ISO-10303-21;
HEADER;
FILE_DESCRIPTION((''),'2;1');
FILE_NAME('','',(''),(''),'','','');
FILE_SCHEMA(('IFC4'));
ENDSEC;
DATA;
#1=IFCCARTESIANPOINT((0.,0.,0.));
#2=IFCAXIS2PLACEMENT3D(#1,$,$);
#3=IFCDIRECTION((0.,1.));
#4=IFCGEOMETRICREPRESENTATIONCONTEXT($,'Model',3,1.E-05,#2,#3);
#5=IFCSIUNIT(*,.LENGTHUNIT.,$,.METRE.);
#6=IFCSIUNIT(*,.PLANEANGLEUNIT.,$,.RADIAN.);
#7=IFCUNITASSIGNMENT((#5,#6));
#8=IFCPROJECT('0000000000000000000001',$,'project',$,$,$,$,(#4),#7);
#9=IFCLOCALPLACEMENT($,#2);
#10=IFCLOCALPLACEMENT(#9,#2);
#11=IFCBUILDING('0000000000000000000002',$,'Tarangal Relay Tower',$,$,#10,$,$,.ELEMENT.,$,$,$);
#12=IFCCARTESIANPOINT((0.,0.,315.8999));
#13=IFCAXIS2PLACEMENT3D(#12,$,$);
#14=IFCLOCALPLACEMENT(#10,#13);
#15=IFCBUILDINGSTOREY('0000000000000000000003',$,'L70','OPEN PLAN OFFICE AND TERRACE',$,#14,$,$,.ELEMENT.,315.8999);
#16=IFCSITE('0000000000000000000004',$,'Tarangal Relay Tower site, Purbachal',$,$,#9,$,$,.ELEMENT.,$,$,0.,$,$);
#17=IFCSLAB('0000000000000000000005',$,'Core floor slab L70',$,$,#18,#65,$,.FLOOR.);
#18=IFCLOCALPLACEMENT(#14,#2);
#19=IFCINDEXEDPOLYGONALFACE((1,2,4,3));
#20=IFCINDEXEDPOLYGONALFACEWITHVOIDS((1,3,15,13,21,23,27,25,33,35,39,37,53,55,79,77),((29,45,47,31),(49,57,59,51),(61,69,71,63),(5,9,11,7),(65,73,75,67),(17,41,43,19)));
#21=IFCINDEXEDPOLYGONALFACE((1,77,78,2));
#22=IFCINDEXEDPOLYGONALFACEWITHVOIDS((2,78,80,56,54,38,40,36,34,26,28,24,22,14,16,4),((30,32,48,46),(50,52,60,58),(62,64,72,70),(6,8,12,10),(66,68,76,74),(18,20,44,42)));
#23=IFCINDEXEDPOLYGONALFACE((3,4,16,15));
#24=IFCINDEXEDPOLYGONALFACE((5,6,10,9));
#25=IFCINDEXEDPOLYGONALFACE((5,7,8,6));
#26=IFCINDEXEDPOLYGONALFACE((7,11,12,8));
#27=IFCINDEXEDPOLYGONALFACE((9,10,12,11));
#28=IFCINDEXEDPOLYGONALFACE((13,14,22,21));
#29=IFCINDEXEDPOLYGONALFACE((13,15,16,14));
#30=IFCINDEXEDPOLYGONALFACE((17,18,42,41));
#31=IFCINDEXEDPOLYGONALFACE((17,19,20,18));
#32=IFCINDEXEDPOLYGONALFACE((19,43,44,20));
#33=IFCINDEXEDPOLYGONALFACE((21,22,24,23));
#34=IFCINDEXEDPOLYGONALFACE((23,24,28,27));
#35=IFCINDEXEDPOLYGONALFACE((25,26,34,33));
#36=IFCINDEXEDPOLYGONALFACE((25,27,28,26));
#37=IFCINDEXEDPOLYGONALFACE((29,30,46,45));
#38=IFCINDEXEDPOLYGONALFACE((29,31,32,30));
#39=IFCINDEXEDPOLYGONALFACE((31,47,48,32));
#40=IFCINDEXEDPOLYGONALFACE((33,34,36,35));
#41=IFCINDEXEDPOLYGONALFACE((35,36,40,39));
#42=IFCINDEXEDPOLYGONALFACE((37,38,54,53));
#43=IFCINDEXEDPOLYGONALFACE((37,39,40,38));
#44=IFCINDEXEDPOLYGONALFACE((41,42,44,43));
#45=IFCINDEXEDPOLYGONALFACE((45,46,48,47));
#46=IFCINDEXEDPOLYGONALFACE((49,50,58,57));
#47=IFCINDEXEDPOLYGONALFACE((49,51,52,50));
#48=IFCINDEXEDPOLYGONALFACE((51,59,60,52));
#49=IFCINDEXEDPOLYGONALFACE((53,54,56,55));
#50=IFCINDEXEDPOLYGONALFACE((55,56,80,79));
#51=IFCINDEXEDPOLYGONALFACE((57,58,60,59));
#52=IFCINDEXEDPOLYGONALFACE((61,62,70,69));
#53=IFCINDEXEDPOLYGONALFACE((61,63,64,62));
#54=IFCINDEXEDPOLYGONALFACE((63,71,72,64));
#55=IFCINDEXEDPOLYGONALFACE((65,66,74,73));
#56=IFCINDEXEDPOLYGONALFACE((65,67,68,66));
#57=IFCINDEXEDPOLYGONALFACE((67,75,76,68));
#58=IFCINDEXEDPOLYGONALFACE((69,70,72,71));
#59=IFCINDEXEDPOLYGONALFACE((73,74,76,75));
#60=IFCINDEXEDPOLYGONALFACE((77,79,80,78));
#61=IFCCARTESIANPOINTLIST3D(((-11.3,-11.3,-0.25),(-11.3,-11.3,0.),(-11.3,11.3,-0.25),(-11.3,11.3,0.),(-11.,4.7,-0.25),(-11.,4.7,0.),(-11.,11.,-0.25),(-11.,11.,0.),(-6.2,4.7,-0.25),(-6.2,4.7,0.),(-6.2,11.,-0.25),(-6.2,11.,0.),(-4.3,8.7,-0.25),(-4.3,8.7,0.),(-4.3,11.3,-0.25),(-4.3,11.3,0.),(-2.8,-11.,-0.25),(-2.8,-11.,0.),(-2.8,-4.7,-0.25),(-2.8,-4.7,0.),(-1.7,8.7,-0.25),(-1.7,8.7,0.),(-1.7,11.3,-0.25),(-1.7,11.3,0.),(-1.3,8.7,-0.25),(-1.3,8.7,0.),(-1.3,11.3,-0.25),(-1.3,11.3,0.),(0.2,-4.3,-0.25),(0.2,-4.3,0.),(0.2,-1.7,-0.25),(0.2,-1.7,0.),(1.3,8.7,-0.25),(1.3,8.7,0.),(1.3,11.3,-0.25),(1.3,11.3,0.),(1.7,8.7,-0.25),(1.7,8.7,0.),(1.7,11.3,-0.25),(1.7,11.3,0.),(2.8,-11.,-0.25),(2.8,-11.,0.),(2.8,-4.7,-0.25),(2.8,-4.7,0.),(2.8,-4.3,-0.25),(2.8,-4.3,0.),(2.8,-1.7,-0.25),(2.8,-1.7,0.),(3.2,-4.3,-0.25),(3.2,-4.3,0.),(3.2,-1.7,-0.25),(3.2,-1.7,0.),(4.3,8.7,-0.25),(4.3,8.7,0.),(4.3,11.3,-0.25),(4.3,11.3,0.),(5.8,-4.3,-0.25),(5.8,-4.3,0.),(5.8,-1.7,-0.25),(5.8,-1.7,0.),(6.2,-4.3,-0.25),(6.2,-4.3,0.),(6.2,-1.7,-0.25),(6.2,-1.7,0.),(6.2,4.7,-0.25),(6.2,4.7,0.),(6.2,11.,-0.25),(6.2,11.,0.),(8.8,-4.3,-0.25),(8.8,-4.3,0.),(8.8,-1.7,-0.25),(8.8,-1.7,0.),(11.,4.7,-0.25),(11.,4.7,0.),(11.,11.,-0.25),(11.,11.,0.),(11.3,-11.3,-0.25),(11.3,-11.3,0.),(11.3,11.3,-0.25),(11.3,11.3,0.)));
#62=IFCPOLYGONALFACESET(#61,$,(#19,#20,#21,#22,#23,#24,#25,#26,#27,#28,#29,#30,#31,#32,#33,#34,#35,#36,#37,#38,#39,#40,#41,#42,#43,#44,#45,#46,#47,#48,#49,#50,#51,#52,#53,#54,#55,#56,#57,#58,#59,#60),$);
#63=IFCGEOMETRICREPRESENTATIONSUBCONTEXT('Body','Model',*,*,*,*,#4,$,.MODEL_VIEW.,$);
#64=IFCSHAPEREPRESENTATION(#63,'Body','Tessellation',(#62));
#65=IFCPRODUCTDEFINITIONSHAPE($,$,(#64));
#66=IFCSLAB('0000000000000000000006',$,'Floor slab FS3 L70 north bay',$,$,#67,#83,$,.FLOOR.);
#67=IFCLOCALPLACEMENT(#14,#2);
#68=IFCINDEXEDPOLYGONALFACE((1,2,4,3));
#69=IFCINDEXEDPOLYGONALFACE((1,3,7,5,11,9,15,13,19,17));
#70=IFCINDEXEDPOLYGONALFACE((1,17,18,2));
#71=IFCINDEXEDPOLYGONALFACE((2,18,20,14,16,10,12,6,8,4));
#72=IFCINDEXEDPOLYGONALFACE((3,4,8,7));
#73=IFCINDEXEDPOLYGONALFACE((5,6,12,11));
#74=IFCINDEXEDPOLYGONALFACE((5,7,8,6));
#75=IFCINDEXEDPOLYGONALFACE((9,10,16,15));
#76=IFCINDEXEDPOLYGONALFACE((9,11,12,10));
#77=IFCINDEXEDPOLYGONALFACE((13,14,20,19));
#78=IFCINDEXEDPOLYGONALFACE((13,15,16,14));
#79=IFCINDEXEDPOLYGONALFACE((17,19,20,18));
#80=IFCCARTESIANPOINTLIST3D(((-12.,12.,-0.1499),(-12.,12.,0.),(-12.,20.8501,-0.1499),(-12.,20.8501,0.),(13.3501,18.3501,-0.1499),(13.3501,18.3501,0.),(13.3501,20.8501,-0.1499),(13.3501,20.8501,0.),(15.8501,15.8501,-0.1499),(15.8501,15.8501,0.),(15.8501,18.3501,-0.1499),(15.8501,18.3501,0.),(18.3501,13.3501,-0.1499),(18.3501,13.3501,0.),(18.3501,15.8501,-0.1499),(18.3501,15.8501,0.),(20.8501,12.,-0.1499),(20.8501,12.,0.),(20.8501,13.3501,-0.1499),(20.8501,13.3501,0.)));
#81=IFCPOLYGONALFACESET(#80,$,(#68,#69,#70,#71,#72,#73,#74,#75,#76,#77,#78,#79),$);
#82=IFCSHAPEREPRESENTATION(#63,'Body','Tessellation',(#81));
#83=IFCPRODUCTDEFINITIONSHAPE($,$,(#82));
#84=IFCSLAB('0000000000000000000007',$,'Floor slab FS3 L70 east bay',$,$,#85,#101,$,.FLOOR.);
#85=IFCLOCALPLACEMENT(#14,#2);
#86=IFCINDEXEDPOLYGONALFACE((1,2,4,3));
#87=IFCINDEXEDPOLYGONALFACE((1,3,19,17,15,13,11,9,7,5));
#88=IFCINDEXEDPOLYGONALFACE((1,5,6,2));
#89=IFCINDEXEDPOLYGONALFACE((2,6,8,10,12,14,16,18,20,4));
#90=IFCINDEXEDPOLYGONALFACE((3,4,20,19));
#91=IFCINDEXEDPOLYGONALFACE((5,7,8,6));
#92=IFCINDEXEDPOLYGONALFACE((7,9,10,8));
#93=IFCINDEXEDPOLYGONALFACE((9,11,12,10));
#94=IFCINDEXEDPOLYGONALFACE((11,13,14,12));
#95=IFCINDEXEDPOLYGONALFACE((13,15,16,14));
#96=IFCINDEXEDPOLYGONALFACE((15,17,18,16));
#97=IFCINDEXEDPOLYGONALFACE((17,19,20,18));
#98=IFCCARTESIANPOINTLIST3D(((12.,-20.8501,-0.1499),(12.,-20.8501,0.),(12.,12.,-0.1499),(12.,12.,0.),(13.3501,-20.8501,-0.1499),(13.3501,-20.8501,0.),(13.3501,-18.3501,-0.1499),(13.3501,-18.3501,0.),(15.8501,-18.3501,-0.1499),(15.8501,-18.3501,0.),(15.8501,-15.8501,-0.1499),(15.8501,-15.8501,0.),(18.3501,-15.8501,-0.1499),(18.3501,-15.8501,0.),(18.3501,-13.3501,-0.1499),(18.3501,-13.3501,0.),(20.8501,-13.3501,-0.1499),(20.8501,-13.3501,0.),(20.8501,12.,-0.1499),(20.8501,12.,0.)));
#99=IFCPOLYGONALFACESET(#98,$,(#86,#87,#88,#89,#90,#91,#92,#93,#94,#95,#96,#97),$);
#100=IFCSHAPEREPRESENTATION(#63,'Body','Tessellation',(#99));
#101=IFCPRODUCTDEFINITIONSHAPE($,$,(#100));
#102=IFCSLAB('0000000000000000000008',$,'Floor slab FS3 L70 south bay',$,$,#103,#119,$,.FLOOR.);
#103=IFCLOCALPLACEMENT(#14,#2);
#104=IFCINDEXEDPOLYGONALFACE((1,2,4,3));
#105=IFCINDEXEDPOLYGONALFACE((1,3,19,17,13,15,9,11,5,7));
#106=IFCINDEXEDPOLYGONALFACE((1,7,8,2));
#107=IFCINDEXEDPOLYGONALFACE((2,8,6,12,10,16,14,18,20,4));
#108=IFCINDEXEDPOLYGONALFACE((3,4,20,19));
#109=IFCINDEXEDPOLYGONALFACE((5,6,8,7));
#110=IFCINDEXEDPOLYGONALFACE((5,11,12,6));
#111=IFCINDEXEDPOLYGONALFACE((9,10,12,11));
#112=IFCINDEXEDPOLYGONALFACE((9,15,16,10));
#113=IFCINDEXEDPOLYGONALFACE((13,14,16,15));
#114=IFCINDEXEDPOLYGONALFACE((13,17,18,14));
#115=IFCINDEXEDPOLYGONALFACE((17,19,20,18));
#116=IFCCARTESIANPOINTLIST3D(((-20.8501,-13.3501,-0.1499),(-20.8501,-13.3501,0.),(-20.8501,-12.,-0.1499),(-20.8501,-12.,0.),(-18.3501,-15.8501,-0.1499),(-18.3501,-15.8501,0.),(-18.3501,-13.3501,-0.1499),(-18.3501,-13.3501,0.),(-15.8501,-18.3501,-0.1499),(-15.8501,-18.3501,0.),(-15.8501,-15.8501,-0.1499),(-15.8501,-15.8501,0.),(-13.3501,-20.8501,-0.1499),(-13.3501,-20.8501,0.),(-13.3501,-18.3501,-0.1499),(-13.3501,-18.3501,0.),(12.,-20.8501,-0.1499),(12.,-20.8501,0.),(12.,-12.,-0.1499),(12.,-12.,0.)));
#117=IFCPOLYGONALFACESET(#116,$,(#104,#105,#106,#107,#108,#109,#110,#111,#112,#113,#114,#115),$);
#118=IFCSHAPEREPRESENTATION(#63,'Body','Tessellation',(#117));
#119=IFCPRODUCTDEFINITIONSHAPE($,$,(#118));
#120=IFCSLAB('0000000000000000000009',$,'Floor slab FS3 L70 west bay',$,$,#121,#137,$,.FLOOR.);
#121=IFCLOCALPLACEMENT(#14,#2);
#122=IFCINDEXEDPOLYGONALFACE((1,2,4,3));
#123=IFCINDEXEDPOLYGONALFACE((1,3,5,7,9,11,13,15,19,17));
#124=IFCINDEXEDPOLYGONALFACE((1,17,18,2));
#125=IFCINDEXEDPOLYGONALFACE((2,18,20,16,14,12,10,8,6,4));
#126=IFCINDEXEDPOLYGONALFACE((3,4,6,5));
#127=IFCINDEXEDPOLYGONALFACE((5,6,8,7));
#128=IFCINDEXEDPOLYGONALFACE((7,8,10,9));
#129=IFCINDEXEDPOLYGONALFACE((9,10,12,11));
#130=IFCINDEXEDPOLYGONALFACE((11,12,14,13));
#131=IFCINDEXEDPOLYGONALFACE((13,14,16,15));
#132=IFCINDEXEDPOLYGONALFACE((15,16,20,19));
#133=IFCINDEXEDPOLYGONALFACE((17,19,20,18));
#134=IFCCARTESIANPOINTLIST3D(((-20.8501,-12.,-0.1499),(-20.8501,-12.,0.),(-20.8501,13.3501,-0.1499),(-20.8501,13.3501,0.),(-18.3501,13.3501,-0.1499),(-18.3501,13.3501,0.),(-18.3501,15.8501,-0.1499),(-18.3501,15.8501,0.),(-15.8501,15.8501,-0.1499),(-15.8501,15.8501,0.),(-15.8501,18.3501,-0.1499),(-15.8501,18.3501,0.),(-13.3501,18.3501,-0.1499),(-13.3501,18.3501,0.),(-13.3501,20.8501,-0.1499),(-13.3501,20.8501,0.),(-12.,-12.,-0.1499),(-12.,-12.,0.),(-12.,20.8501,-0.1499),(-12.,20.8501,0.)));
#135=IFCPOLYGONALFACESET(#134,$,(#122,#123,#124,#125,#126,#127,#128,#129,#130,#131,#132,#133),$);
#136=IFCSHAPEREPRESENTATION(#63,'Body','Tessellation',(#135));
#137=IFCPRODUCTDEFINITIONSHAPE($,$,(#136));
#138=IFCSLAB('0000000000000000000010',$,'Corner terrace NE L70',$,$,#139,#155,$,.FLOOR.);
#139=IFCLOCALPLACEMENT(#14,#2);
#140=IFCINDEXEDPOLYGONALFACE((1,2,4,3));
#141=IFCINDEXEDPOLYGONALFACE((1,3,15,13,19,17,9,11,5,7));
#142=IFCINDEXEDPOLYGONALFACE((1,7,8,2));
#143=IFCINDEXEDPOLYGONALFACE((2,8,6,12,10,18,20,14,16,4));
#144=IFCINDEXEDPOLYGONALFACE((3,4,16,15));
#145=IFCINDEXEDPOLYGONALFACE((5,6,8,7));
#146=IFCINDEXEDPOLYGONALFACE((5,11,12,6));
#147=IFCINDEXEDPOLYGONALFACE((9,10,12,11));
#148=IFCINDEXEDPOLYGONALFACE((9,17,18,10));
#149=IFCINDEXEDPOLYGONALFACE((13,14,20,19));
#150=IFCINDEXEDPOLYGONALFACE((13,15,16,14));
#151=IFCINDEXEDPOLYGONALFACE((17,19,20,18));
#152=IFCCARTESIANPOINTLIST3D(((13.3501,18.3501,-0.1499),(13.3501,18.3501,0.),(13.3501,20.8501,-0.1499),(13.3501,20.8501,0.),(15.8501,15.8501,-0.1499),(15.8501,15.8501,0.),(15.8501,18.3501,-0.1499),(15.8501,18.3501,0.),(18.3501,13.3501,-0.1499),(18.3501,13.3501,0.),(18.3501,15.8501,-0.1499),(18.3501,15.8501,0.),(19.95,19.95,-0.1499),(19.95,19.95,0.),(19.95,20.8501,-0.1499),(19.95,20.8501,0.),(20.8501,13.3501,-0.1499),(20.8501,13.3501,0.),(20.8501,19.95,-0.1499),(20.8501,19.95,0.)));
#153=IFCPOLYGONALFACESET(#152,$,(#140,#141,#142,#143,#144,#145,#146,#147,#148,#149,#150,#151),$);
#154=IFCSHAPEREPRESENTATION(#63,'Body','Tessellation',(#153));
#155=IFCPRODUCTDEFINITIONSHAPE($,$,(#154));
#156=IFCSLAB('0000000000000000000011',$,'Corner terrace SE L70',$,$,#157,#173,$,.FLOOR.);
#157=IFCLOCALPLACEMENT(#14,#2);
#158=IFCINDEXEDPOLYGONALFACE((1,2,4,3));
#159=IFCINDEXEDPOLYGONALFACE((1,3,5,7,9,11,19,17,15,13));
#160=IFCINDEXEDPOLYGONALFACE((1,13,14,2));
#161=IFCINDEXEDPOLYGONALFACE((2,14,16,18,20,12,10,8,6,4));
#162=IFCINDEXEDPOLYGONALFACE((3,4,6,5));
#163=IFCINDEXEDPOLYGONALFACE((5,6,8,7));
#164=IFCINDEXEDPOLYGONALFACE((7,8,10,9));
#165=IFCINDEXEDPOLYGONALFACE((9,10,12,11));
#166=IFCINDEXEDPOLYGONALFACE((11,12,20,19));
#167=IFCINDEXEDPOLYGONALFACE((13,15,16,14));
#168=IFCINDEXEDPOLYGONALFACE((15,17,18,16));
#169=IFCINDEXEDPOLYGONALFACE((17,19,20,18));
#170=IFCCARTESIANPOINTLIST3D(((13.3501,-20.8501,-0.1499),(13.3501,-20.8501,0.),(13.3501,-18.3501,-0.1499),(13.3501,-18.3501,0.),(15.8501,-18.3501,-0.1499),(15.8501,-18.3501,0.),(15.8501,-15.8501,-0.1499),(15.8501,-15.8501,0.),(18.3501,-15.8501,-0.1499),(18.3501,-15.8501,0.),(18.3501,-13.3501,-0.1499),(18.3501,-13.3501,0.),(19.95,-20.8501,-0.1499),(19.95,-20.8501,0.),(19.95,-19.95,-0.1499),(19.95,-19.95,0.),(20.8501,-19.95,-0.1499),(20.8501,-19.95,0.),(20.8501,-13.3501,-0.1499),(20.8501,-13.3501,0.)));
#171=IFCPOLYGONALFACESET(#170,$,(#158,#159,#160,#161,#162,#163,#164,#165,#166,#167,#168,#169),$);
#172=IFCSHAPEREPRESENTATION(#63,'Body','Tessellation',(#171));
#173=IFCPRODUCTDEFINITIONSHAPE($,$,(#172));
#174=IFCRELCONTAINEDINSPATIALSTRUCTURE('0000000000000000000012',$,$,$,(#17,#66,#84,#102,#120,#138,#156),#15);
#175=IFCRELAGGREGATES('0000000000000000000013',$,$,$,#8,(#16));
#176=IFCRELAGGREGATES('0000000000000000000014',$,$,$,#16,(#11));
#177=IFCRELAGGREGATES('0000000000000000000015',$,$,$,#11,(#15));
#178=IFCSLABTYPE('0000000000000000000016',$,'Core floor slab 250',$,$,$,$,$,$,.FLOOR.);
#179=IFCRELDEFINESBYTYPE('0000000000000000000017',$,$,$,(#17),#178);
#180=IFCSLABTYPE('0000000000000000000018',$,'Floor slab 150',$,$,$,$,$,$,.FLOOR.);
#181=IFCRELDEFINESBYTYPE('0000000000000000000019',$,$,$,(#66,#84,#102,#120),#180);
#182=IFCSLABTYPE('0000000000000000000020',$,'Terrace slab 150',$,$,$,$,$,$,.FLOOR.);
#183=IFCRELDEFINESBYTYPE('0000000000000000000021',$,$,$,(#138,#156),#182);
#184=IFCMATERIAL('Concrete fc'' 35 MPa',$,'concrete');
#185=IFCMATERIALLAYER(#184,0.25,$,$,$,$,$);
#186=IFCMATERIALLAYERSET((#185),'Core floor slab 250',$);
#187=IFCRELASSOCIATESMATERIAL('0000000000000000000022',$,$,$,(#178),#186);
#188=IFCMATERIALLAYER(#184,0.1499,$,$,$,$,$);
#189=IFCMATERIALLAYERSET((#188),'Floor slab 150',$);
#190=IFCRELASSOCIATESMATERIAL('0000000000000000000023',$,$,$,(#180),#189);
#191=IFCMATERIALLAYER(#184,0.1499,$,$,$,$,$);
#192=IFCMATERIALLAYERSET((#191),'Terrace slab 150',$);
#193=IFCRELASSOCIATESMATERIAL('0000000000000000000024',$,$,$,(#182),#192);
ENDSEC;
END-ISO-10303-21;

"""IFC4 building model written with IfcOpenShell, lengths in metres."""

from ifc_helpers import new_model, si_unit, direction, frame, origin, place, context, subcontext, project, spatial, polyline, outline, extrude, material, layer, layer_set, type_object, element, save


model = new_model("IFC4")

# Units and contexts
model_context = context("Model", 3, precision=1e-05, world=origin(), true_north=direction((0.0, 1.0)))
body_context = subcontext(model_context, "Body", "Model", "MODEL_VIEW")
ifc_project = project(units=[si_unit("LENGTHUNIT", "METRE"), si_unit("PLANEANGLEUNIT", "RADIAN")], contexts=[model_context])

# Site, building, storey
site_placement = place(None, origin())
site = spatial("IfcSite", under=ifc_project, at=site_placement, Name="Tarangal Relay Tower site, Purbachal", CompositionType="ELEMENT", RefElevation=0.0)
building_placement = place(site_placement, origin())
building = spatial("IfcBuilding", under=site, at=building_placement, Name="Tarangal Relay Tower", CompositionType="ELEMENT")
storey_placement = place(building_placement, frame((0.0, 0.0, 315.8999)))
storey = spatial("IfcBuildingStorey", under=building, at=storey_placement, Name="L70", Description="OPEN PLAN OFFICE AND TERRACE", CompositionType="ELEMENT", Elevation=315.8999)

# Slabs
ifc_material_1 = material(Name="Concrete fc' 35 MPa", Category="concrete")
ifc_layer_1 = layer(ifc_material_1, 0.25)
ifc_layer_set_1 = layer_set([ifc_layer_1], Name="Core floor slab 250")
slab_type_1 = type_object("IfcSlabType", Name="Core floor slab 250", PredefinedType="FLOOR", material=ifc_layer_set_1)
slab_1_placement = place(storey_placement, frame((0.0, 0.0, -0.25)))
element("IfcSlab", 1, at=slab_1_placement, inside=storey, type_object=slab_type_1, Name="Core floor slab L70", PredefinedType="FLOOR", context=body_context, shape_type="SweptSolid", body=[
    extrude(outline(polyline([(11.3, 11.3), (11.3, -11.3), (-11.3, -11.3), (-11.3, 11.3), (-4.3, 11.3), (-4.3, 8.7), (-1.7, 8.7), (-1.7, 11.3), (-1.3, 11.3), (-1.3, 8.7), (1.3, 8.7), (1.3, 11.3), (1.7, 11.3), (1.7, 8.7), (4.3, 8.7), (4.3, 11.3), (11.3, 11.3)]), holes=[polyline([(2.8, -4.7), (-2.8, -4.7), (-2.8, -11.0), (2.8, -11.0), (2.8, -4.7)]), polyline([(2.8, -1.7), (0.2, -1.7), (0.2, -4.3), (2.8, -4.3), (2.8, -1.7)]), polyline([(5.8, -1.7), (3.2, -1.7), (3.2, -4.3), (5.8, -4.3), (5.8, -1.7)]), polyline([(8.8, -1.7), (6.2, -1.7), (6.2, -4.3), (8.8, -4.3), (8.8, -1.7)]), polyline([(-6.2, 11.0), (-11.0, 11.0), (-11.0, 4.7), (-6.2, 4.7), (-6.2, 11.0)]), polyline([(11.0, 11.0), (6.2, 11.0), (6.2, 4.7), (11.0, 4.7), (11.0, 11.0)])]), origin(), (0.0, 0.0, 1.0), 0.25),
])
ifc_layer_2 = layer(ifc_material_1, 0.1499)
ifc_layer_set_2 = layer_set([ifc_layer_2], Name="Floor slab 150")
slab_type_2 = type_object("IfcSlabType", Name="Floor slab 150", PredefinedType="FLOOR", material=ifc_layer_set_2)
slab_2_placement = place(storey_placement, frame((0.0, 0.0, -0.1499)))
element("IfcSlab", 2, at=slab_2_placement, inside=storey, type_object=slab_type_2, Name="Floor slab FS3 L70 north bay", PredefinedType="FLOOR", context=body_context, shape_type="SweptSolid", body=[
    extrude(outline(polyline([(13.3501, 20.8501), (13.3501, 18.3501), (15.8501, 18.3501), (15.8501, 15.8501), (18.3501, 15.8501), (18.3501, 13.3501), (20.8501, 13.3501), (20.8501, 12.0), (-12.0, 12.0), (-12.0, 20.8501), (13.3501, 20.8501)])), origin(), (0.0, 0.0, 1.0), 0.1499),
])
slab_3_placement = place(storey_placement, frame((0.0, 0.0, -0.1499)))
element("IfcSlab", 3, at=slab_3_placement, inside=storey, type_object=slab_type_2, Name="Floor slab FS3 L70 east bay", PredefinedType="FLOOR", context=body_context, shape_type="SweptSolid", body=[
    extrude(outline(polyline([(20.8501, -13.3501), (18.3501, -13.3501), (18.3501, -15.8501), (15.8501, -15.8501), (15.8501, -18.3501), (13.3501, -18.3501), (13.3501, -20.8501), (12.0, -20.8501), (12.0, 12.0), (20.8501, 12.0), (20.8501, -13.3501)])), origin(), (0.0, 0.0, 1.0), 0.1499),
])
slab_4_placement = place(storey_placement, frame((0.0, 0.0, -0.1499)))
element("IfcSlab", 4, at=slab_4_placement, inside=storey, type_object=slab_type_2, Name="Floor slab FS3 L70 south bay", PredefinedType="FLOOR", context=body_context, shape_type="SweptSolid", body=[
    extrude(outline(polyline([(-13.3501, -20.8501), (-13.3501, -18.3501), (-15.8501, -18.3501), (-15.8501, -15.8501), (-18.3501, -15.8501), (-18.3501, -13.3501), (-20.8501, -13.3501), (-20.8501, -12.0), (12.0, -12.0), (12.0, -20.8501), (-13.3501, -20.8501)])), origin(), (0.0, 0.0, 1.0), 0.1499),
])
slab_5_placement = place(storey_placement, frame((0.0, 0.0, -0.1499)))
element("IfcSlab", 5, at=slab_5_placement, inside=storey, type_object=slab_type_2, Name="Floor slab FS3 L70 west bay", PredefinedType="FLOOR", context=body_context, shape_type="SweptSolid", body=[
    extrude(outline(polyline([(-12.0, 20.8501), (-12.0, -12.0), (-20.8501, -12.0), (-20.8501, 13.3501), (-18.3501, 13.3501), (-18.3501, 15.8501), (-15.8501, 15.8501), (-15.8501, 18.3501), (-13.3501, 18.3501), (-13.3501, 20.8501), (-12.0, 20.8501)])), origin(), (0.0, 0.0, 1.0), 0.1499),
])
ifc_layer_3 = layer(ifc_material_1, 0.1499)
ifc_layer_set_3 = layer_set([ifc_layer_3], Name="Terrace slab 150")
slab_type_3 = type_object("IfcSlabType", Name="Terrace slab 150", PredefinedType="FLOOR", material=ifc_layer_set_3)
slab_6_placement = place(storey_placement, frame((0.0, 0.0, -0.1499)))
element("IfcSlab", 6, at=slab_6_placement, inside=storey, type_object=slab_type_3, Name="Corner terrace NE L70", PredefinedType="FLOOR", context=body_context, shape_type="SweptSolid", body=[
    extrude(outline(polyline([(13.3501, 20.8501), (13.3501, 18.3501), (15.8501, 18.3501), (15.8501, 15.8501), (18.3501, 15.8501), (18.3501, 13.3501), (20.8501, 13.3501), (20.8501, 19.95), (19.95, 19.95), (19.95, 20.8501), (13.3501, 20.8501)])), origin(), (0.0, 0.0, 1.0), 0.1499),
])
slab_7_placement = place(storey_placement, frame((0.0, 0.0, -0.1499)))
element("IfcSlab", 7, at=slab_7_placement, inside=storey, type_object=slab_type_3, Name="Corner terrace SE L70", PredefinedType="FLOOR", context=body_context, shape_type="SweptSolid", body=[
    extrude(outline(polyline([(20.8501, -13.3501), (18.3501, -13.3501), (18.3501, -15.8501), (15.8501, -15.8501), (15.8501, -18.3501), (13.3501, -18.3501), (13.3501, -20.8501), (19.95, -20.8501), (19.95, -19.95), (20.8501, -19.95), (20.8501, -13.3501)])), origin(), (0.0, 0.0, 1.0), 0.1499),
])

save(model, "model.ifc")
